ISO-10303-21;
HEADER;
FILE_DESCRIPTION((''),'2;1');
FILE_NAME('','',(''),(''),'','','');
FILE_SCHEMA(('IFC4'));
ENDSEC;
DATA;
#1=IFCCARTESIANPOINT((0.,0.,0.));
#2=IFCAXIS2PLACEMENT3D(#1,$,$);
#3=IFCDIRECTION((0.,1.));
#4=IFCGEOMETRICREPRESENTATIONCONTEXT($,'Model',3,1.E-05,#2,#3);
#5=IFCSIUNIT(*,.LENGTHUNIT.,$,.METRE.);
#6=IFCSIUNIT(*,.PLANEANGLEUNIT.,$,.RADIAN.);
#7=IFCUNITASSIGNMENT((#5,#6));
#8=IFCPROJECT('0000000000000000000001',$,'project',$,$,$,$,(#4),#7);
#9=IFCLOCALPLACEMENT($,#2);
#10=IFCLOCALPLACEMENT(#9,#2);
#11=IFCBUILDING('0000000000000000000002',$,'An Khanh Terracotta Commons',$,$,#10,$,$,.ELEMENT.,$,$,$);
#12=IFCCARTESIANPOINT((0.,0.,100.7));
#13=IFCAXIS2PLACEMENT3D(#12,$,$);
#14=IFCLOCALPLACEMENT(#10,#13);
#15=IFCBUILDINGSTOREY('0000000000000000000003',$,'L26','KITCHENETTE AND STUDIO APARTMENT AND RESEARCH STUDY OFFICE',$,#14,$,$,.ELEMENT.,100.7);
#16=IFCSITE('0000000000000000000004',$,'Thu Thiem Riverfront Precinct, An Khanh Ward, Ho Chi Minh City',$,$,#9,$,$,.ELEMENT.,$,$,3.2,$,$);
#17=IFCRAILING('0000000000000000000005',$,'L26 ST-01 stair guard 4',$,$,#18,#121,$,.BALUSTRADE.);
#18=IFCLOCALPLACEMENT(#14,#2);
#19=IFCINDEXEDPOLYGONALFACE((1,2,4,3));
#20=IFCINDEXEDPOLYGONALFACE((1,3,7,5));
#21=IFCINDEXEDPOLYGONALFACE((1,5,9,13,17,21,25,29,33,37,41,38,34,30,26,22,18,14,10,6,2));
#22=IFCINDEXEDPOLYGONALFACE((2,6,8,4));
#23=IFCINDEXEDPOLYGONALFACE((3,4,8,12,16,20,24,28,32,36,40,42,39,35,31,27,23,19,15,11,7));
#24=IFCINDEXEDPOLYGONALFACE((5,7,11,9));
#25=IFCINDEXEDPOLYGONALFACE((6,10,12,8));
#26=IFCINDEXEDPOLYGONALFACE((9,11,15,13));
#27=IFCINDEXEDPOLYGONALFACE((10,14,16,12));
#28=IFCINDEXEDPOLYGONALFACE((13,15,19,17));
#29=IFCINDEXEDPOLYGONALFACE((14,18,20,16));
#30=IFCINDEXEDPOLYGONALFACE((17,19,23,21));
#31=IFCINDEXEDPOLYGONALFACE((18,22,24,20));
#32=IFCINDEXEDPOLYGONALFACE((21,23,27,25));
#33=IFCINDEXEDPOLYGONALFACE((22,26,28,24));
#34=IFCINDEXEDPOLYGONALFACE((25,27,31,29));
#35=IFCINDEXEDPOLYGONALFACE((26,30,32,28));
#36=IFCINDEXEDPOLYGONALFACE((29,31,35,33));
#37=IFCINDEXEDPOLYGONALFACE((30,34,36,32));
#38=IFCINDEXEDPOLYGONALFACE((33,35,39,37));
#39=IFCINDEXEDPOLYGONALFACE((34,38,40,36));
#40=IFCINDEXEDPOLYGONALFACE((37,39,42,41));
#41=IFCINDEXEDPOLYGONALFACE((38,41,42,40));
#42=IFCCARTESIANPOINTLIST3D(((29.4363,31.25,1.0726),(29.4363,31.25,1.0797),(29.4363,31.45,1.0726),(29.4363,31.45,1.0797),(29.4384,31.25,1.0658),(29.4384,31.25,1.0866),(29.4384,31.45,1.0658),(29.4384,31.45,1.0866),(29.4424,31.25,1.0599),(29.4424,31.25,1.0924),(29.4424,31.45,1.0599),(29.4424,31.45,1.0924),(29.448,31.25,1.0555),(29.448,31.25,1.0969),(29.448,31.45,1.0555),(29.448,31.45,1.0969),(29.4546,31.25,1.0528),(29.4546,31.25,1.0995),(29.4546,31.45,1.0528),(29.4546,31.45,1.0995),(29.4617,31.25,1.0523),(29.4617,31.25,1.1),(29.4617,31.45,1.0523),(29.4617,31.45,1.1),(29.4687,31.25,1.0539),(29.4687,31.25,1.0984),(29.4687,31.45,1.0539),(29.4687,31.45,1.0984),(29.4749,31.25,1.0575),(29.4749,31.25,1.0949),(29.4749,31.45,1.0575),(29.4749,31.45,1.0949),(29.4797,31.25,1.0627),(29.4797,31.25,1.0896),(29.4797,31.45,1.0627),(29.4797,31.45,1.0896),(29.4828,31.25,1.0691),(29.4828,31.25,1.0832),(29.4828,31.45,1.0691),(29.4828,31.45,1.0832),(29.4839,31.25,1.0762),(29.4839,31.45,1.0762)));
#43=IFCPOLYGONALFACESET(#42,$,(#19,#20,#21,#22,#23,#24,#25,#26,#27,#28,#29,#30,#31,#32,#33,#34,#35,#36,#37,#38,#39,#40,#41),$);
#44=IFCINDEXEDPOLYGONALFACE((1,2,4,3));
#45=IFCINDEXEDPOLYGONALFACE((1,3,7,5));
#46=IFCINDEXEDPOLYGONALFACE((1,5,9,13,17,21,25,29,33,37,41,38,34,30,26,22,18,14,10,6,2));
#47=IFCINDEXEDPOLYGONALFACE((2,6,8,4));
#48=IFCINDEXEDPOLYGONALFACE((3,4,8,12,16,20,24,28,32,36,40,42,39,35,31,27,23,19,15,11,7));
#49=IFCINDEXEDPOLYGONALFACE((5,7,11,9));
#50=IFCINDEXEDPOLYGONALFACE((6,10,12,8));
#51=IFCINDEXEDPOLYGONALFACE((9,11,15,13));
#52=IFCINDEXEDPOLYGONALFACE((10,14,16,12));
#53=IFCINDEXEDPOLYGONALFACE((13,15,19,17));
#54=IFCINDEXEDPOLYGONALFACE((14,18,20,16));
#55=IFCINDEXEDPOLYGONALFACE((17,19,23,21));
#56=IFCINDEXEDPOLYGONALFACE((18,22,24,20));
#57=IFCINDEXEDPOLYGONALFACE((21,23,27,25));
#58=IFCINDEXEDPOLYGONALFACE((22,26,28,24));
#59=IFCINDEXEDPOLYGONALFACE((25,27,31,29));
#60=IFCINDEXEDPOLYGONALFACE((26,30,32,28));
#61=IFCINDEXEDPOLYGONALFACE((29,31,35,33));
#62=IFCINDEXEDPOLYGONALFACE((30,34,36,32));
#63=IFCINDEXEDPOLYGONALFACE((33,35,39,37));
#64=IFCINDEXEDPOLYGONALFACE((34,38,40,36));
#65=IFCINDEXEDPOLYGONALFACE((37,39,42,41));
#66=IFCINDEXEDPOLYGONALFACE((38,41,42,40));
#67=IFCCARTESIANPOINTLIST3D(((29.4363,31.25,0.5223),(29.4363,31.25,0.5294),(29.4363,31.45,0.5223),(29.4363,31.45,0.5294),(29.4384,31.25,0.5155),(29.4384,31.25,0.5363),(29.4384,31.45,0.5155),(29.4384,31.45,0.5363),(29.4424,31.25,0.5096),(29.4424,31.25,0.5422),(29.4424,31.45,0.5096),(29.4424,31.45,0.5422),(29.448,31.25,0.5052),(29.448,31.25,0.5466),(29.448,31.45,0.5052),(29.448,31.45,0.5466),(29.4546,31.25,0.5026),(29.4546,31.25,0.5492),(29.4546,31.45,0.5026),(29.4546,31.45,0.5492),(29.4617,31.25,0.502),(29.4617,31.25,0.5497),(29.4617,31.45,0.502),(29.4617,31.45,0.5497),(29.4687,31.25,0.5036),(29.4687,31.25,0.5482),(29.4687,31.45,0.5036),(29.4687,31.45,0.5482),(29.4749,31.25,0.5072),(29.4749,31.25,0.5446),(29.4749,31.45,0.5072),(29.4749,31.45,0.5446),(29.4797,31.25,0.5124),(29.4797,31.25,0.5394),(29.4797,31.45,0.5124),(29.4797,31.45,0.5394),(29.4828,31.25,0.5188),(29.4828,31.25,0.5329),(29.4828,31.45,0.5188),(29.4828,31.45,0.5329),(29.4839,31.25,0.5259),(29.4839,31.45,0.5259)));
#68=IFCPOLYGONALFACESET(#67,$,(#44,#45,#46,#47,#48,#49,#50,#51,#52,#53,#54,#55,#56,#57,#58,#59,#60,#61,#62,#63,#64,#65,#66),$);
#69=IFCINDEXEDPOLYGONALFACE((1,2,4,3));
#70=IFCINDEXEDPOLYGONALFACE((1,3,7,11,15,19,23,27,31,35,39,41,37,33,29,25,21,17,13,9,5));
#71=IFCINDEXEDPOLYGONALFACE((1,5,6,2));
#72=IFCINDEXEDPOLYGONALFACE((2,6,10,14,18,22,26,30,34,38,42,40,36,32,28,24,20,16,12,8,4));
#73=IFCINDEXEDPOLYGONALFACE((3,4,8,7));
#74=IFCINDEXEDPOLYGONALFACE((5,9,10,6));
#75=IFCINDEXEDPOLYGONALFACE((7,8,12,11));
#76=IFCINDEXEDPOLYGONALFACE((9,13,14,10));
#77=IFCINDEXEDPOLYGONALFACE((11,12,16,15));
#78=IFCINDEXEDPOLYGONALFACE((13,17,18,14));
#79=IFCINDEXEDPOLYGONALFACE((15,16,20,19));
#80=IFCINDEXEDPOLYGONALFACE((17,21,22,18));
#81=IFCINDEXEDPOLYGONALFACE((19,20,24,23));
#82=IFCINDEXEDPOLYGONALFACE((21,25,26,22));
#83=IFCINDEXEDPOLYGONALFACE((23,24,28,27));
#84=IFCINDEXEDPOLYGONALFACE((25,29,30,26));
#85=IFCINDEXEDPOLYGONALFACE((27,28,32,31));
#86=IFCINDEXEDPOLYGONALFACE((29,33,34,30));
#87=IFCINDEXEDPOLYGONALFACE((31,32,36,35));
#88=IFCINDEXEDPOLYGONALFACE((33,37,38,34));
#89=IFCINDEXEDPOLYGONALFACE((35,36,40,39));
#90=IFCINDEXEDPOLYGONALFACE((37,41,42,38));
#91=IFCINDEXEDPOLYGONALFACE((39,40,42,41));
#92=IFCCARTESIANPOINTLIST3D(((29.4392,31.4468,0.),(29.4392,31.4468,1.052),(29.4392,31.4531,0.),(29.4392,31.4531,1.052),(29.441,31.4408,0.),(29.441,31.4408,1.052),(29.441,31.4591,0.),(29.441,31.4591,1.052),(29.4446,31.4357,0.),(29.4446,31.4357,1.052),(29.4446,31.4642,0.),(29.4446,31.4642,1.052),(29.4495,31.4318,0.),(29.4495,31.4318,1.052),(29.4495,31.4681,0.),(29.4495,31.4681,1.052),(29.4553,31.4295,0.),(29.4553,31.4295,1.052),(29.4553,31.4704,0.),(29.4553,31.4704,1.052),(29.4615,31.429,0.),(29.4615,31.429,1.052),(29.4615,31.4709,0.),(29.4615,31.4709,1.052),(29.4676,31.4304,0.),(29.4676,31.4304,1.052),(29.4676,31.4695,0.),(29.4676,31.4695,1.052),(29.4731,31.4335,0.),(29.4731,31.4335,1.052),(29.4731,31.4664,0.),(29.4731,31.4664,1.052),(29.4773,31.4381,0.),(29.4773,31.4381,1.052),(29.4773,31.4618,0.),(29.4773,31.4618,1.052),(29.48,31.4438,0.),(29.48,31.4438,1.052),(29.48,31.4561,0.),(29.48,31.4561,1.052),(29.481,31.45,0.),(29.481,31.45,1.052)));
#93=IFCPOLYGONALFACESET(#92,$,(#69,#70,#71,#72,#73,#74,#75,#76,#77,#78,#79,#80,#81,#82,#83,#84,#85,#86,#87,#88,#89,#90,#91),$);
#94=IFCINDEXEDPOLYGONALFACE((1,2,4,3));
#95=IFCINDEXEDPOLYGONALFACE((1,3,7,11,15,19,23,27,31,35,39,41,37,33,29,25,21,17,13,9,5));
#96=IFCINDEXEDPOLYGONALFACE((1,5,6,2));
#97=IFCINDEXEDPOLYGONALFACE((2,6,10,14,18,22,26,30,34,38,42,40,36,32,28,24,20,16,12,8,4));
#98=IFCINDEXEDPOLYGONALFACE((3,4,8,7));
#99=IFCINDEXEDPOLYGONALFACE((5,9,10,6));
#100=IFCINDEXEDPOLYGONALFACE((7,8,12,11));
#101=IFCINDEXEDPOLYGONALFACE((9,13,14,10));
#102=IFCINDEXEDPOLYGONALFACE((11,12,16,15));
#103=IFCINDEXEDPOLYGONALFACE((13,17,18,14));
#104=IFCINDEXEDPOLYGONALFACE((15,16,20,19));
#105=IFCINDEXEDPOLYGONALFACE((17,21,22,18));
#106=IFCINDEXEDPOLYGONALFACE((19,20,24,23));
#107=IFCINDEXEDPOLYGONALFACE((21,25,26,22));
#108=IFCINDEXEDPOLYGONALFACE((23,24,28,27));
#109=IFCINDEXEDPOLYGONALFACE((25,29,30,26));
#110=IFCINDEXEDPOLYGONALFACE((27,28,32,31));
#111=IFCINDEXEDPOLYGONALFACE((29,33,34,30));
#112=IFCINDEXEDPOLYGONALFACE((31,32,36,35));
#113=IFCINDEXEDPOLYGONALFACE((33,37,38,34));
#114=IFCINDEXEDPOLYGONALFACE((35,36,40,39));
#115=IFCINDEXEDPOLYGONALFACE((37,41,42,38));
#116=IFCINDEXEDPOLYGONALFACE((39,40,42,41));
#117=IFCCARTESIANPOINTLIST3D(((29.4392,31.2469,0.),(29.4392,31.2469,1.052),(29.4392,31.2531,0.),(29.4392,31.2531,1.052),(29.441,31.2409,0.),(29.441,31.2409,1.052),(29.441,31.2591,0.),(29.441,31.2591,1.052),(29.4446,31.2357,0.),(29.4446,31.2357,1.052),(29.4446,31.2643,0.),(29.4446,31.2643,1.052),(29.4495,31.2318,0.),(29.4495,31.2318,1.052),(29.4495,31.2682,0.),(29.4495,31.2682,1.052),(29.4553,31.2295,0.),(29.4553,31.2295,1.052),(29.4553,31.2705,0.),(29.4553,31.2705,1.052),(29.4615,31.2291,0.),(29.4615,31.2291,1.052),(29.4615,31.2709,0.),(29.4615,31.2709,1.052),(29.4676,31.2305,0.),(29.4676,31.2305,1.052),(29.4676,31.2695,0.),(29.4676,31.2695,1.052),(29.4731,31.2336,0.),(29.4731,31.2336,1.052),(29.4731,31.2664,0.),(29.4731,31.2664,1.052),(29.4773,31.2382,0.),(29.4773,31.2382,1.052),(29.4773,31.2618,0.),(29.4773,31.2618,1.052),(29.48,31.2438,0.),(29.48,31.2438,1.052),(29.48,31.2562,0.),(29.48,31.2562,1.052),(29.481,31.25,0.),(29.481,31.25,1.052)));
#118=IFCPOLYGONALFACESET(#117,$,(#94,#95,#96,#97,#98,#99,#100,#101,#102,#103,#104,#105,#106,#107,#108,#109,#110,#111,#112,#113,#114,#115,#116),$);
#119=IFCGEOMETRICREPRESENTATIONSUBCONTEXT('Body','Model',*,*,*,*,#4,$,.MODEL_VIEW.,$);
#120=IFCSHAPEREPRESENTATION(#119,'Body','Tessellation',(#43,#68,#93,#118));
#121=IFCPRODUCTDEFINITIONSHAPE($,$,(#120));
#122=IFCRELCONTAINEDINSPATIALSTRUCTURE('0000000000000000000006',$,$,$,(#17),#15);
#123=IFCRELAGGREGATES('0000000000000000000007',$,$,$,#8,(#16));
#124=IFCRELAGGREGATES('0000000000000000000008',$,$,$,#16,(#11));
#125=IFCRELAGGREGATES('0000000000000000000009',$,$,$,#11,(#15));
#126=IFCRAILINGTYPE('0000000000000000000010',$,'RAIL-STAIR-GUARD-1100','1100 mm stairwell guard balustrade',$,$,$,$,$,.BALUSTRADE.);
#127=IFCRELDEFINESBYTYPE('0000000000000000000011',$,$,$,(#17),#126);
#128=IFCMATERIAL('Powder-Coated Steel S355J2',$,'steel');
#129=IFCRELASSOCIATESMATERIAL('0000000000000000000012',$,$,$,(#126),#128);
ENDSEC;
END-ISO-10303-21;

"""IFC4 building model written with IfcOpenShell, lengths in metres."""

from ifc_helpers import new_model, si_unit, direction, frame, origin, origin_2d, place, context, subcontext, project, spatial, circle, extrude, material, type_object, element, save


model = new_model("IFC4")

# Units and contexts
model_context = context("Model", 3, precision=1e-05, world=origin(), true_north=direction((0.0, 1.0)))
body_context = subcontext(model_context, "Body", "Model", "MODEL_VIEW")
ifc_project = project(units=[si_unit("LENGTHUNIT", "METRE"), si_unit("PLANEANGLEUNIT", "RADIAN")], contexts=[model_context])

# Site, building, storey
site_placement = place(None, origin())
site = spatial("IfcSite", under=ifc_project, at=site_placement, Name="Thu Thiem Riverfront Precinct, An Khanh Ward, Ho Chi Minh City", CompositionType="ELEMENT", RefElevation=3.2)
building_placement = place(site_placement, origin())
building = spatial("IfcBuilding", under=site, at=building_placement, Name="An Khanh Terracotta Commons", CompositionType="ELEMENT")
storey_placement = place(building_placement, frame((0.0, 0.0, 100.7)))
storey = spatial("IfcBuildingStorey", under=building, at=storey_placement, Name="L26", Description="KITCHENETTE AND STUDIO APARTMENT AND RESEARCH STUDY OFFICE", CompositionType="ELEMENT", Elevation=100.7)

# Railing
ifc_material_1 = material(Name="Powder-Coated Steel S355J2", Category="steel")
railing_type_1 = type_object("IfcRailingType", Name="RAIL-STAIR-GUARD-1100", Description="1100 mm stairwell guard balustrade", PredefinedType="BALUSTRADE", material=ifc_material_1)
railing_1_placement = place(storey_placement, frame((29.46, 31.45, 0.0)))
element("IfcRailing", 1, at=railing_1_placement, inside=storey, type_object=railing_type_1, Name="L26 ST-01 stair guard 4", PredefinedType="BALUSTRADE", context=body_context, shape_type="SweptSolid", body=[
    extrude(circle(Radius=0.0239, at=origin_2d()), frame((0.0, 0.0, 1.0762), z_axis=(0.0, -1.0, 0.0), x_axis=(1.0, 0.0, 0.0)), (0.0, 0.0, 1.0), 0.2),
    extrude(circle(Radius=0.0239, at=origin_2d()), frame((0.0, 0.0, 0.5259), z_axis=(0.0, -1.0, 0.0), x_axis=(1.0, 0.0, 0.0)), (0.0, 0.0, 1.0), 0.2),
    extrude(circle(Radius=0.021, at=origin_2d()), origin(), (0.0, 0.0, 1.0), 1.052),
    extrude(circle(Radius=0.021, at=origin_2d()), frame((0.0, -0.2, 0.0)), (0.0, 0.0, 1.0), 1.052),
])

save(model, "model.ifc")
